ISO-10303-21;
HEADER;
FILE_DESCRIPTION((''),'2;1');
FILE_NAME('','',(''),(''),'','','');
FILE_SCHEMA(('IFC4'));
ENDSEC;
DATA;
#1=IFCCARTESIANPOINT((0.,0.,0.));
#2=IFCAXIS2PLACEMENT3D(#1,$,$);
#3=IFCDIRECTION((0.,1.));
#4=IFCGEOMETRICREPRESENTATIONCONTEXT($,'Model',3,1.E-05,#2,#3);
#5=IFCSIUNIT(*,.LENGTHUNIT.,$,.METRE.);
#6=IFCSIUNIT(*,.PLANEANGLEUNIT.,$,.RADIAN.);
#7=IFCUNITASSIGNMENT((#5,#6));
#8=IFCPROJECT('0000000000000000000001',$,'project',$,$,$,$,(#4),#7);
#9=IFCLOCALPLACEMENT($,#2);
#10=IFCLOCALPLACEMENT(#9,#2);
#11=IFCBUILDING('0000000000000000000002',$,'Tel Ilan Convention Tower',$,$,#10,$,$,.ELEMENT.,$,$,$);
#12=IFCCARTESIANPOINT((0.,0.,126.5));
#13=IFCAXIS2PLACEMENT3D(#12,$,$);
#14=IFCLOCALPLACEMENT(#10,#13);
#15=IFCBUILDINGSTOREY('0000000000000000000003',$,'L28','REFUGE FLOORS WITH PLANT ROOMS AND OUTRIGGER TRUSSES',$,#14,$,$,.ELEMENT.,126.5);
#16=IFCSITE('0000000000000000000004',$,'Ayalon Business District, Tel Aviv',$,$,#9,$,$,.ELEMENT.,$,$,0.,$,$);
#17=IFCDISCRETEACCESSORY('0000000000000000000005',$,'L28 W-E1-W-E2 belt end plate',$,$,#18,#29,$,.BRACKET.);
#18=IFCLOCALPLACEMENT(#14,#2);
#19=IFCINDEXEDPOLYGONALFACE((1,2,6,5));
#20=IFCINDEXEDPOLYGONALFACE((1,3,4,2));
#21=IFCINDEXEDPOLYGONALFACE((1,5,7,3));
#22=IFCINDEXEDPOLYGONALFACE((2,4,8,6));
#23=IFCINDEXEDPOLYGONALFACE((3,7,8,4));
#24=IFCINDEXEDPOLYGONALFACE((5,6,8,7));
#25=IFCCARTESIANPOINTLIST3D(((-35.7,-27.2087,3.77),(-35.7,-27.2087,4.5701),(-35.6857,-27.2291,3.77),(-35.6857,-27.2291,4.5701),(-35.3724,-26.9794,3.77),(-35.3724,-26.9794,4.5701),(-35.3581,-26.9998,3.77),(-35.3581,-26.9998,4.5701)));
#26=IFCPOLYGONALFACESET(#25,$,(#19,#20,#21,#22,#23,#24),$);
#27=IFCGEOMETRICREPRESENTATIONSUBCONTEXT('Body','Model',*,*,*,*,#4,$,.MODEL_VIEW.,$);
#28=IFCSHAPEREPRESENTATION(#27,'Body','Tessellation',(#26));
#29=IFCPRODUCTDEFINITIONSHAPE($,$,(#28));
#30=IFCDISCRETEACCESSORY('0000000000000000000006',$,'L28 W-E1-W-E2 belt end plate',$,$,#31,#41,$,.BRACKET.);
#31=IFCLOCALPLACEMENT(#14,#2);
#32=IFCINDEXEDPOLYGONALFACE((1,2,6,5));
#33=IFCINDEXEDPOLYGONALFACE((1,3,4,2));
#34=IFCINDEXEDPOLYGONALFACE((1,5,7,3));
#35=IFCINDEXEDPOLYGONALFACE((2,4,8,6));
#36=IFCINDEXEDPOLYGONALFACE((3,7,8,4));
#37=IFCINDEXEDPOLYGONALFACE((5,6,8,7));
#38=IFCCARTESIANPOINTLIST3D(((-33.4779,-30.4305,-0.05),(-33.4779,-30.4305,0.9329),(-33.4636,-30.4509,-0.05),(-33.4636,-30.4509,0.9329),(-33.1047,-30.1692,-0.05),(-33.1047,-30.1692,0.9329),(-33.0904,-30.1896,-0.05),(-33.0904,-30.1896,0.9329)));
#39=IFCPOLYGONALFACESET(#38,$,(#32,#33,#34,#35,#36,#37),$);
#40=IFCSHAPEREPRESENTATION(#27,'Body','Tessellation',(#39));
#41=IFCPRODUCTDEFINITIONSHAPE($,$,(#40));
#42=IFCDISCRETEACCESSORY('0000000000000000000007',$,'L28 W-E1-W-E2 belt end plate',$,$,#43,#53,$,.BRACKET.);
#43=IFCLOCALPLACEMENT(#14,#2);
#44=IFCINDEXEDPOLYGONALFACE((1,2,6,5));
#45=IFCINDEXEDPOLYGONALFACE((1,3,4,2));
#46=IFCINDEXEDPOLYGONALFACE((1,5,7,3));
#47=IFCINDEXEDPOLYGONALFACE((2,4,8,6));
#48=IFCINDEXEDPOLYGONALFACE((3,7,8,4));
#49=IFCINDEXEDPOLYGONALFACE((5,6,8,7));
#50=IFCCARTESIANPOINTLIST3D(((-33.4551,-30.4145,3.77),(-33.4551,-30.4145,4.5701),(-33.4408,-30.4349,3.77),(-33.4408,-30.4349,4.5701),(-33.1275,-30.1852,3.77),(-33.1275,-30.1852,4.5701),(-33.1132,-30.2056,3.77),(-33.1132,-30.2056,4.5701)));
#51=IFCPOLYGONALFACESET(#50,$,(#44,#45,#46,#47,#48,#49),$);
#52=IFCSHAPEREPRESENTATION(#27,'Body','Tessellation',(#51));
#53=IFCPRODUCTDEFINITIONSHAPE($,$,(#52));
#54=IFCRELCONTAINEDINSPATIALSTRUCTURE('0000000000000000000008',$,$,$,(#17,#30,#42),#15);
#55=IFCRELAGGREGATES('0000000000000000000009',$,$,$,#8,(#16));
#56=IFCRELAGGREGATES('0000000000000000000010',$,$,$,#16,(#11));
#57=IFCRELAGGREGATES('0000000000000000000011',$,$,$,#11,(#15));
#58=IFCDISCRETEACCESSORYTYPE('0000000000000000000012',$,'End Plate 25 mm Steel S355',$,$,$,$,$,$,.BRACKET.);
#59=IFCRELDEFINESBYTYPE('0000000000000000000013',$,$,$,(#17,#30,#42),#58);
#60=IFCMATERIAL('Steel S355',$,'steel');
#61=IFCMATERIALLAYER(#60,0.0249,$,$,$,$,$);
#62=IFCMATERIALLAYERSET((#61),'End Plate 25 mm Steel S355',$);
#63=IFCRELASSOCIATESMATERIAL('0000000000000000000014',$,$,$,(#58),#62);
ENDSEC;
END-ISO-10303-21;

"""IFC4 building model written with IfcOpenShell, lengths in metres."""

from ifc_helpers import new_model, si_unit, direction, frame, origin, origin_2d, place, context, subcontext, project, spatial, rectangle, extrude, material, layer, layer_set, type_object, element, save


model = new_model("IFC4")

# Units and contexts
model_context = context("Model", 3, precision=1e-05, world=origin(), true_north=direction((0.0, 1.0)))
body_context = subcontext(model_context, "Body", "Model", "MODEL_VIEW")
ifc_project = project(units=[si_unit("LENGTHUNIT", "METRE"), si_unit("PLANEANGLEUNIT", "RADIAN")], contexts=[model_context])

# Site, building, storey
site_placement = place(None, origin())
site = spatial("IfcSite", under=ifc_project, at=site_placement, Name="Ayalon Business District, Tel Aviv", CompositionType="ELEMENT", RefElevation=0.0)
building_placement = place(site_placement, origin())
building = spatial("IfcBuilding", under=site, at=building_placement, Name="Tel Ilan Convention Tower", CompositionType="ELEMENT")
storey_placement = place(building_placement, frame((0.0, 0.0, 126.5)))
storey = spatial("IfcBuildingStorey", under=building, at=storey_placement, Name="L28", Description="REFUGE FLOORS WITH PLANT ROOMS AND OUTRIGGER TRUSSES", CompositionType="ELEMENT", Elevation=126.5)

# Discrete accessories
ifc_material_1 = material(Name="Steel S355", Category="steel")
ifc_layer_1 = layer(ifc_material_1, 0.0249)
ifc_layer_set_1 = layer_set([ifc_layer_1], Name="End Plate 25 mm Steel S355")
discrete_accessory_type_1 = type_object("IfcDiscreteAccessoryType", Name="End Plate 25 mm Steel S355", PredefinedType="BRACKET", material=ifc_layer_set_1)
discrete_accessory_1_placement = place(storey_placement, frame((-35.5291, -27.1042, 3.77), z_axis=(0.0, 0.0, 1.0), x_axis=(-0.573576, 0.819152, 0.0)))
element("IfcDiscreteAccessory", 1, at=discrete_accessory_1_placement, inside=storey, type_object=discrete_accessory_type_1, Name="L28 W-E1-W-E2 belt end plate", PredefinedType="BRACKET", context=body_context, shape_type="SweptSolid", body=[
    extrude(rectangle(XDim=0.0249, YDim=0.3999, at=origin_2d()), origin(), (0.0, 0.0, 1.0), 0.8),
])
discrete_accessory_2_placement = place(storey_placement, frame((-33.2842, -30.3101, -0.05), z_axis=(0.0, 0.0, 1.0), x_axis=(0.573576, -0.819152, 0.0)))
element("IfcDiscreteAccessory", 2, at=discrete_accessory_2_placement, inside=storey, type_object=discrete_accessory_type_1, Name="L28 W-E1-W-E2 belt end plate", PredefinedType="BRACKET", context=body_context, shape_type="SweptSolid", body=[
    extrude(rectangle(XDim=0.0249, YDim=0.4556, at=origin_2d()), origin(), (0.0, 0.0, 1.0), 0.9829),
])
discrete_accessory_3_placement = place(storey_placement, frame((-33.2842, -30.3101, 3.77), z_axis=(0.0, 0.0, 1.0), x_axis=(0.573576, -0.819152, 0.0)))
element("IfcDiscreteAccessory", 3, at=discrete_accessory_3_placement, inside=storey, type_object=discrete_accessory_type_1, Name="L28 W-E1-W-E2 belt end plate", PredefinedType="BRACKET", context=body_context, shape_type="SweptSolid", body=[
    extrude(rectangle(XDim=0.0249, YDim=0.3999, at=origin_2d()), origin(), (0.0, 0.0, 1.0), 0.8),
])

save(model, "model.ifc")
